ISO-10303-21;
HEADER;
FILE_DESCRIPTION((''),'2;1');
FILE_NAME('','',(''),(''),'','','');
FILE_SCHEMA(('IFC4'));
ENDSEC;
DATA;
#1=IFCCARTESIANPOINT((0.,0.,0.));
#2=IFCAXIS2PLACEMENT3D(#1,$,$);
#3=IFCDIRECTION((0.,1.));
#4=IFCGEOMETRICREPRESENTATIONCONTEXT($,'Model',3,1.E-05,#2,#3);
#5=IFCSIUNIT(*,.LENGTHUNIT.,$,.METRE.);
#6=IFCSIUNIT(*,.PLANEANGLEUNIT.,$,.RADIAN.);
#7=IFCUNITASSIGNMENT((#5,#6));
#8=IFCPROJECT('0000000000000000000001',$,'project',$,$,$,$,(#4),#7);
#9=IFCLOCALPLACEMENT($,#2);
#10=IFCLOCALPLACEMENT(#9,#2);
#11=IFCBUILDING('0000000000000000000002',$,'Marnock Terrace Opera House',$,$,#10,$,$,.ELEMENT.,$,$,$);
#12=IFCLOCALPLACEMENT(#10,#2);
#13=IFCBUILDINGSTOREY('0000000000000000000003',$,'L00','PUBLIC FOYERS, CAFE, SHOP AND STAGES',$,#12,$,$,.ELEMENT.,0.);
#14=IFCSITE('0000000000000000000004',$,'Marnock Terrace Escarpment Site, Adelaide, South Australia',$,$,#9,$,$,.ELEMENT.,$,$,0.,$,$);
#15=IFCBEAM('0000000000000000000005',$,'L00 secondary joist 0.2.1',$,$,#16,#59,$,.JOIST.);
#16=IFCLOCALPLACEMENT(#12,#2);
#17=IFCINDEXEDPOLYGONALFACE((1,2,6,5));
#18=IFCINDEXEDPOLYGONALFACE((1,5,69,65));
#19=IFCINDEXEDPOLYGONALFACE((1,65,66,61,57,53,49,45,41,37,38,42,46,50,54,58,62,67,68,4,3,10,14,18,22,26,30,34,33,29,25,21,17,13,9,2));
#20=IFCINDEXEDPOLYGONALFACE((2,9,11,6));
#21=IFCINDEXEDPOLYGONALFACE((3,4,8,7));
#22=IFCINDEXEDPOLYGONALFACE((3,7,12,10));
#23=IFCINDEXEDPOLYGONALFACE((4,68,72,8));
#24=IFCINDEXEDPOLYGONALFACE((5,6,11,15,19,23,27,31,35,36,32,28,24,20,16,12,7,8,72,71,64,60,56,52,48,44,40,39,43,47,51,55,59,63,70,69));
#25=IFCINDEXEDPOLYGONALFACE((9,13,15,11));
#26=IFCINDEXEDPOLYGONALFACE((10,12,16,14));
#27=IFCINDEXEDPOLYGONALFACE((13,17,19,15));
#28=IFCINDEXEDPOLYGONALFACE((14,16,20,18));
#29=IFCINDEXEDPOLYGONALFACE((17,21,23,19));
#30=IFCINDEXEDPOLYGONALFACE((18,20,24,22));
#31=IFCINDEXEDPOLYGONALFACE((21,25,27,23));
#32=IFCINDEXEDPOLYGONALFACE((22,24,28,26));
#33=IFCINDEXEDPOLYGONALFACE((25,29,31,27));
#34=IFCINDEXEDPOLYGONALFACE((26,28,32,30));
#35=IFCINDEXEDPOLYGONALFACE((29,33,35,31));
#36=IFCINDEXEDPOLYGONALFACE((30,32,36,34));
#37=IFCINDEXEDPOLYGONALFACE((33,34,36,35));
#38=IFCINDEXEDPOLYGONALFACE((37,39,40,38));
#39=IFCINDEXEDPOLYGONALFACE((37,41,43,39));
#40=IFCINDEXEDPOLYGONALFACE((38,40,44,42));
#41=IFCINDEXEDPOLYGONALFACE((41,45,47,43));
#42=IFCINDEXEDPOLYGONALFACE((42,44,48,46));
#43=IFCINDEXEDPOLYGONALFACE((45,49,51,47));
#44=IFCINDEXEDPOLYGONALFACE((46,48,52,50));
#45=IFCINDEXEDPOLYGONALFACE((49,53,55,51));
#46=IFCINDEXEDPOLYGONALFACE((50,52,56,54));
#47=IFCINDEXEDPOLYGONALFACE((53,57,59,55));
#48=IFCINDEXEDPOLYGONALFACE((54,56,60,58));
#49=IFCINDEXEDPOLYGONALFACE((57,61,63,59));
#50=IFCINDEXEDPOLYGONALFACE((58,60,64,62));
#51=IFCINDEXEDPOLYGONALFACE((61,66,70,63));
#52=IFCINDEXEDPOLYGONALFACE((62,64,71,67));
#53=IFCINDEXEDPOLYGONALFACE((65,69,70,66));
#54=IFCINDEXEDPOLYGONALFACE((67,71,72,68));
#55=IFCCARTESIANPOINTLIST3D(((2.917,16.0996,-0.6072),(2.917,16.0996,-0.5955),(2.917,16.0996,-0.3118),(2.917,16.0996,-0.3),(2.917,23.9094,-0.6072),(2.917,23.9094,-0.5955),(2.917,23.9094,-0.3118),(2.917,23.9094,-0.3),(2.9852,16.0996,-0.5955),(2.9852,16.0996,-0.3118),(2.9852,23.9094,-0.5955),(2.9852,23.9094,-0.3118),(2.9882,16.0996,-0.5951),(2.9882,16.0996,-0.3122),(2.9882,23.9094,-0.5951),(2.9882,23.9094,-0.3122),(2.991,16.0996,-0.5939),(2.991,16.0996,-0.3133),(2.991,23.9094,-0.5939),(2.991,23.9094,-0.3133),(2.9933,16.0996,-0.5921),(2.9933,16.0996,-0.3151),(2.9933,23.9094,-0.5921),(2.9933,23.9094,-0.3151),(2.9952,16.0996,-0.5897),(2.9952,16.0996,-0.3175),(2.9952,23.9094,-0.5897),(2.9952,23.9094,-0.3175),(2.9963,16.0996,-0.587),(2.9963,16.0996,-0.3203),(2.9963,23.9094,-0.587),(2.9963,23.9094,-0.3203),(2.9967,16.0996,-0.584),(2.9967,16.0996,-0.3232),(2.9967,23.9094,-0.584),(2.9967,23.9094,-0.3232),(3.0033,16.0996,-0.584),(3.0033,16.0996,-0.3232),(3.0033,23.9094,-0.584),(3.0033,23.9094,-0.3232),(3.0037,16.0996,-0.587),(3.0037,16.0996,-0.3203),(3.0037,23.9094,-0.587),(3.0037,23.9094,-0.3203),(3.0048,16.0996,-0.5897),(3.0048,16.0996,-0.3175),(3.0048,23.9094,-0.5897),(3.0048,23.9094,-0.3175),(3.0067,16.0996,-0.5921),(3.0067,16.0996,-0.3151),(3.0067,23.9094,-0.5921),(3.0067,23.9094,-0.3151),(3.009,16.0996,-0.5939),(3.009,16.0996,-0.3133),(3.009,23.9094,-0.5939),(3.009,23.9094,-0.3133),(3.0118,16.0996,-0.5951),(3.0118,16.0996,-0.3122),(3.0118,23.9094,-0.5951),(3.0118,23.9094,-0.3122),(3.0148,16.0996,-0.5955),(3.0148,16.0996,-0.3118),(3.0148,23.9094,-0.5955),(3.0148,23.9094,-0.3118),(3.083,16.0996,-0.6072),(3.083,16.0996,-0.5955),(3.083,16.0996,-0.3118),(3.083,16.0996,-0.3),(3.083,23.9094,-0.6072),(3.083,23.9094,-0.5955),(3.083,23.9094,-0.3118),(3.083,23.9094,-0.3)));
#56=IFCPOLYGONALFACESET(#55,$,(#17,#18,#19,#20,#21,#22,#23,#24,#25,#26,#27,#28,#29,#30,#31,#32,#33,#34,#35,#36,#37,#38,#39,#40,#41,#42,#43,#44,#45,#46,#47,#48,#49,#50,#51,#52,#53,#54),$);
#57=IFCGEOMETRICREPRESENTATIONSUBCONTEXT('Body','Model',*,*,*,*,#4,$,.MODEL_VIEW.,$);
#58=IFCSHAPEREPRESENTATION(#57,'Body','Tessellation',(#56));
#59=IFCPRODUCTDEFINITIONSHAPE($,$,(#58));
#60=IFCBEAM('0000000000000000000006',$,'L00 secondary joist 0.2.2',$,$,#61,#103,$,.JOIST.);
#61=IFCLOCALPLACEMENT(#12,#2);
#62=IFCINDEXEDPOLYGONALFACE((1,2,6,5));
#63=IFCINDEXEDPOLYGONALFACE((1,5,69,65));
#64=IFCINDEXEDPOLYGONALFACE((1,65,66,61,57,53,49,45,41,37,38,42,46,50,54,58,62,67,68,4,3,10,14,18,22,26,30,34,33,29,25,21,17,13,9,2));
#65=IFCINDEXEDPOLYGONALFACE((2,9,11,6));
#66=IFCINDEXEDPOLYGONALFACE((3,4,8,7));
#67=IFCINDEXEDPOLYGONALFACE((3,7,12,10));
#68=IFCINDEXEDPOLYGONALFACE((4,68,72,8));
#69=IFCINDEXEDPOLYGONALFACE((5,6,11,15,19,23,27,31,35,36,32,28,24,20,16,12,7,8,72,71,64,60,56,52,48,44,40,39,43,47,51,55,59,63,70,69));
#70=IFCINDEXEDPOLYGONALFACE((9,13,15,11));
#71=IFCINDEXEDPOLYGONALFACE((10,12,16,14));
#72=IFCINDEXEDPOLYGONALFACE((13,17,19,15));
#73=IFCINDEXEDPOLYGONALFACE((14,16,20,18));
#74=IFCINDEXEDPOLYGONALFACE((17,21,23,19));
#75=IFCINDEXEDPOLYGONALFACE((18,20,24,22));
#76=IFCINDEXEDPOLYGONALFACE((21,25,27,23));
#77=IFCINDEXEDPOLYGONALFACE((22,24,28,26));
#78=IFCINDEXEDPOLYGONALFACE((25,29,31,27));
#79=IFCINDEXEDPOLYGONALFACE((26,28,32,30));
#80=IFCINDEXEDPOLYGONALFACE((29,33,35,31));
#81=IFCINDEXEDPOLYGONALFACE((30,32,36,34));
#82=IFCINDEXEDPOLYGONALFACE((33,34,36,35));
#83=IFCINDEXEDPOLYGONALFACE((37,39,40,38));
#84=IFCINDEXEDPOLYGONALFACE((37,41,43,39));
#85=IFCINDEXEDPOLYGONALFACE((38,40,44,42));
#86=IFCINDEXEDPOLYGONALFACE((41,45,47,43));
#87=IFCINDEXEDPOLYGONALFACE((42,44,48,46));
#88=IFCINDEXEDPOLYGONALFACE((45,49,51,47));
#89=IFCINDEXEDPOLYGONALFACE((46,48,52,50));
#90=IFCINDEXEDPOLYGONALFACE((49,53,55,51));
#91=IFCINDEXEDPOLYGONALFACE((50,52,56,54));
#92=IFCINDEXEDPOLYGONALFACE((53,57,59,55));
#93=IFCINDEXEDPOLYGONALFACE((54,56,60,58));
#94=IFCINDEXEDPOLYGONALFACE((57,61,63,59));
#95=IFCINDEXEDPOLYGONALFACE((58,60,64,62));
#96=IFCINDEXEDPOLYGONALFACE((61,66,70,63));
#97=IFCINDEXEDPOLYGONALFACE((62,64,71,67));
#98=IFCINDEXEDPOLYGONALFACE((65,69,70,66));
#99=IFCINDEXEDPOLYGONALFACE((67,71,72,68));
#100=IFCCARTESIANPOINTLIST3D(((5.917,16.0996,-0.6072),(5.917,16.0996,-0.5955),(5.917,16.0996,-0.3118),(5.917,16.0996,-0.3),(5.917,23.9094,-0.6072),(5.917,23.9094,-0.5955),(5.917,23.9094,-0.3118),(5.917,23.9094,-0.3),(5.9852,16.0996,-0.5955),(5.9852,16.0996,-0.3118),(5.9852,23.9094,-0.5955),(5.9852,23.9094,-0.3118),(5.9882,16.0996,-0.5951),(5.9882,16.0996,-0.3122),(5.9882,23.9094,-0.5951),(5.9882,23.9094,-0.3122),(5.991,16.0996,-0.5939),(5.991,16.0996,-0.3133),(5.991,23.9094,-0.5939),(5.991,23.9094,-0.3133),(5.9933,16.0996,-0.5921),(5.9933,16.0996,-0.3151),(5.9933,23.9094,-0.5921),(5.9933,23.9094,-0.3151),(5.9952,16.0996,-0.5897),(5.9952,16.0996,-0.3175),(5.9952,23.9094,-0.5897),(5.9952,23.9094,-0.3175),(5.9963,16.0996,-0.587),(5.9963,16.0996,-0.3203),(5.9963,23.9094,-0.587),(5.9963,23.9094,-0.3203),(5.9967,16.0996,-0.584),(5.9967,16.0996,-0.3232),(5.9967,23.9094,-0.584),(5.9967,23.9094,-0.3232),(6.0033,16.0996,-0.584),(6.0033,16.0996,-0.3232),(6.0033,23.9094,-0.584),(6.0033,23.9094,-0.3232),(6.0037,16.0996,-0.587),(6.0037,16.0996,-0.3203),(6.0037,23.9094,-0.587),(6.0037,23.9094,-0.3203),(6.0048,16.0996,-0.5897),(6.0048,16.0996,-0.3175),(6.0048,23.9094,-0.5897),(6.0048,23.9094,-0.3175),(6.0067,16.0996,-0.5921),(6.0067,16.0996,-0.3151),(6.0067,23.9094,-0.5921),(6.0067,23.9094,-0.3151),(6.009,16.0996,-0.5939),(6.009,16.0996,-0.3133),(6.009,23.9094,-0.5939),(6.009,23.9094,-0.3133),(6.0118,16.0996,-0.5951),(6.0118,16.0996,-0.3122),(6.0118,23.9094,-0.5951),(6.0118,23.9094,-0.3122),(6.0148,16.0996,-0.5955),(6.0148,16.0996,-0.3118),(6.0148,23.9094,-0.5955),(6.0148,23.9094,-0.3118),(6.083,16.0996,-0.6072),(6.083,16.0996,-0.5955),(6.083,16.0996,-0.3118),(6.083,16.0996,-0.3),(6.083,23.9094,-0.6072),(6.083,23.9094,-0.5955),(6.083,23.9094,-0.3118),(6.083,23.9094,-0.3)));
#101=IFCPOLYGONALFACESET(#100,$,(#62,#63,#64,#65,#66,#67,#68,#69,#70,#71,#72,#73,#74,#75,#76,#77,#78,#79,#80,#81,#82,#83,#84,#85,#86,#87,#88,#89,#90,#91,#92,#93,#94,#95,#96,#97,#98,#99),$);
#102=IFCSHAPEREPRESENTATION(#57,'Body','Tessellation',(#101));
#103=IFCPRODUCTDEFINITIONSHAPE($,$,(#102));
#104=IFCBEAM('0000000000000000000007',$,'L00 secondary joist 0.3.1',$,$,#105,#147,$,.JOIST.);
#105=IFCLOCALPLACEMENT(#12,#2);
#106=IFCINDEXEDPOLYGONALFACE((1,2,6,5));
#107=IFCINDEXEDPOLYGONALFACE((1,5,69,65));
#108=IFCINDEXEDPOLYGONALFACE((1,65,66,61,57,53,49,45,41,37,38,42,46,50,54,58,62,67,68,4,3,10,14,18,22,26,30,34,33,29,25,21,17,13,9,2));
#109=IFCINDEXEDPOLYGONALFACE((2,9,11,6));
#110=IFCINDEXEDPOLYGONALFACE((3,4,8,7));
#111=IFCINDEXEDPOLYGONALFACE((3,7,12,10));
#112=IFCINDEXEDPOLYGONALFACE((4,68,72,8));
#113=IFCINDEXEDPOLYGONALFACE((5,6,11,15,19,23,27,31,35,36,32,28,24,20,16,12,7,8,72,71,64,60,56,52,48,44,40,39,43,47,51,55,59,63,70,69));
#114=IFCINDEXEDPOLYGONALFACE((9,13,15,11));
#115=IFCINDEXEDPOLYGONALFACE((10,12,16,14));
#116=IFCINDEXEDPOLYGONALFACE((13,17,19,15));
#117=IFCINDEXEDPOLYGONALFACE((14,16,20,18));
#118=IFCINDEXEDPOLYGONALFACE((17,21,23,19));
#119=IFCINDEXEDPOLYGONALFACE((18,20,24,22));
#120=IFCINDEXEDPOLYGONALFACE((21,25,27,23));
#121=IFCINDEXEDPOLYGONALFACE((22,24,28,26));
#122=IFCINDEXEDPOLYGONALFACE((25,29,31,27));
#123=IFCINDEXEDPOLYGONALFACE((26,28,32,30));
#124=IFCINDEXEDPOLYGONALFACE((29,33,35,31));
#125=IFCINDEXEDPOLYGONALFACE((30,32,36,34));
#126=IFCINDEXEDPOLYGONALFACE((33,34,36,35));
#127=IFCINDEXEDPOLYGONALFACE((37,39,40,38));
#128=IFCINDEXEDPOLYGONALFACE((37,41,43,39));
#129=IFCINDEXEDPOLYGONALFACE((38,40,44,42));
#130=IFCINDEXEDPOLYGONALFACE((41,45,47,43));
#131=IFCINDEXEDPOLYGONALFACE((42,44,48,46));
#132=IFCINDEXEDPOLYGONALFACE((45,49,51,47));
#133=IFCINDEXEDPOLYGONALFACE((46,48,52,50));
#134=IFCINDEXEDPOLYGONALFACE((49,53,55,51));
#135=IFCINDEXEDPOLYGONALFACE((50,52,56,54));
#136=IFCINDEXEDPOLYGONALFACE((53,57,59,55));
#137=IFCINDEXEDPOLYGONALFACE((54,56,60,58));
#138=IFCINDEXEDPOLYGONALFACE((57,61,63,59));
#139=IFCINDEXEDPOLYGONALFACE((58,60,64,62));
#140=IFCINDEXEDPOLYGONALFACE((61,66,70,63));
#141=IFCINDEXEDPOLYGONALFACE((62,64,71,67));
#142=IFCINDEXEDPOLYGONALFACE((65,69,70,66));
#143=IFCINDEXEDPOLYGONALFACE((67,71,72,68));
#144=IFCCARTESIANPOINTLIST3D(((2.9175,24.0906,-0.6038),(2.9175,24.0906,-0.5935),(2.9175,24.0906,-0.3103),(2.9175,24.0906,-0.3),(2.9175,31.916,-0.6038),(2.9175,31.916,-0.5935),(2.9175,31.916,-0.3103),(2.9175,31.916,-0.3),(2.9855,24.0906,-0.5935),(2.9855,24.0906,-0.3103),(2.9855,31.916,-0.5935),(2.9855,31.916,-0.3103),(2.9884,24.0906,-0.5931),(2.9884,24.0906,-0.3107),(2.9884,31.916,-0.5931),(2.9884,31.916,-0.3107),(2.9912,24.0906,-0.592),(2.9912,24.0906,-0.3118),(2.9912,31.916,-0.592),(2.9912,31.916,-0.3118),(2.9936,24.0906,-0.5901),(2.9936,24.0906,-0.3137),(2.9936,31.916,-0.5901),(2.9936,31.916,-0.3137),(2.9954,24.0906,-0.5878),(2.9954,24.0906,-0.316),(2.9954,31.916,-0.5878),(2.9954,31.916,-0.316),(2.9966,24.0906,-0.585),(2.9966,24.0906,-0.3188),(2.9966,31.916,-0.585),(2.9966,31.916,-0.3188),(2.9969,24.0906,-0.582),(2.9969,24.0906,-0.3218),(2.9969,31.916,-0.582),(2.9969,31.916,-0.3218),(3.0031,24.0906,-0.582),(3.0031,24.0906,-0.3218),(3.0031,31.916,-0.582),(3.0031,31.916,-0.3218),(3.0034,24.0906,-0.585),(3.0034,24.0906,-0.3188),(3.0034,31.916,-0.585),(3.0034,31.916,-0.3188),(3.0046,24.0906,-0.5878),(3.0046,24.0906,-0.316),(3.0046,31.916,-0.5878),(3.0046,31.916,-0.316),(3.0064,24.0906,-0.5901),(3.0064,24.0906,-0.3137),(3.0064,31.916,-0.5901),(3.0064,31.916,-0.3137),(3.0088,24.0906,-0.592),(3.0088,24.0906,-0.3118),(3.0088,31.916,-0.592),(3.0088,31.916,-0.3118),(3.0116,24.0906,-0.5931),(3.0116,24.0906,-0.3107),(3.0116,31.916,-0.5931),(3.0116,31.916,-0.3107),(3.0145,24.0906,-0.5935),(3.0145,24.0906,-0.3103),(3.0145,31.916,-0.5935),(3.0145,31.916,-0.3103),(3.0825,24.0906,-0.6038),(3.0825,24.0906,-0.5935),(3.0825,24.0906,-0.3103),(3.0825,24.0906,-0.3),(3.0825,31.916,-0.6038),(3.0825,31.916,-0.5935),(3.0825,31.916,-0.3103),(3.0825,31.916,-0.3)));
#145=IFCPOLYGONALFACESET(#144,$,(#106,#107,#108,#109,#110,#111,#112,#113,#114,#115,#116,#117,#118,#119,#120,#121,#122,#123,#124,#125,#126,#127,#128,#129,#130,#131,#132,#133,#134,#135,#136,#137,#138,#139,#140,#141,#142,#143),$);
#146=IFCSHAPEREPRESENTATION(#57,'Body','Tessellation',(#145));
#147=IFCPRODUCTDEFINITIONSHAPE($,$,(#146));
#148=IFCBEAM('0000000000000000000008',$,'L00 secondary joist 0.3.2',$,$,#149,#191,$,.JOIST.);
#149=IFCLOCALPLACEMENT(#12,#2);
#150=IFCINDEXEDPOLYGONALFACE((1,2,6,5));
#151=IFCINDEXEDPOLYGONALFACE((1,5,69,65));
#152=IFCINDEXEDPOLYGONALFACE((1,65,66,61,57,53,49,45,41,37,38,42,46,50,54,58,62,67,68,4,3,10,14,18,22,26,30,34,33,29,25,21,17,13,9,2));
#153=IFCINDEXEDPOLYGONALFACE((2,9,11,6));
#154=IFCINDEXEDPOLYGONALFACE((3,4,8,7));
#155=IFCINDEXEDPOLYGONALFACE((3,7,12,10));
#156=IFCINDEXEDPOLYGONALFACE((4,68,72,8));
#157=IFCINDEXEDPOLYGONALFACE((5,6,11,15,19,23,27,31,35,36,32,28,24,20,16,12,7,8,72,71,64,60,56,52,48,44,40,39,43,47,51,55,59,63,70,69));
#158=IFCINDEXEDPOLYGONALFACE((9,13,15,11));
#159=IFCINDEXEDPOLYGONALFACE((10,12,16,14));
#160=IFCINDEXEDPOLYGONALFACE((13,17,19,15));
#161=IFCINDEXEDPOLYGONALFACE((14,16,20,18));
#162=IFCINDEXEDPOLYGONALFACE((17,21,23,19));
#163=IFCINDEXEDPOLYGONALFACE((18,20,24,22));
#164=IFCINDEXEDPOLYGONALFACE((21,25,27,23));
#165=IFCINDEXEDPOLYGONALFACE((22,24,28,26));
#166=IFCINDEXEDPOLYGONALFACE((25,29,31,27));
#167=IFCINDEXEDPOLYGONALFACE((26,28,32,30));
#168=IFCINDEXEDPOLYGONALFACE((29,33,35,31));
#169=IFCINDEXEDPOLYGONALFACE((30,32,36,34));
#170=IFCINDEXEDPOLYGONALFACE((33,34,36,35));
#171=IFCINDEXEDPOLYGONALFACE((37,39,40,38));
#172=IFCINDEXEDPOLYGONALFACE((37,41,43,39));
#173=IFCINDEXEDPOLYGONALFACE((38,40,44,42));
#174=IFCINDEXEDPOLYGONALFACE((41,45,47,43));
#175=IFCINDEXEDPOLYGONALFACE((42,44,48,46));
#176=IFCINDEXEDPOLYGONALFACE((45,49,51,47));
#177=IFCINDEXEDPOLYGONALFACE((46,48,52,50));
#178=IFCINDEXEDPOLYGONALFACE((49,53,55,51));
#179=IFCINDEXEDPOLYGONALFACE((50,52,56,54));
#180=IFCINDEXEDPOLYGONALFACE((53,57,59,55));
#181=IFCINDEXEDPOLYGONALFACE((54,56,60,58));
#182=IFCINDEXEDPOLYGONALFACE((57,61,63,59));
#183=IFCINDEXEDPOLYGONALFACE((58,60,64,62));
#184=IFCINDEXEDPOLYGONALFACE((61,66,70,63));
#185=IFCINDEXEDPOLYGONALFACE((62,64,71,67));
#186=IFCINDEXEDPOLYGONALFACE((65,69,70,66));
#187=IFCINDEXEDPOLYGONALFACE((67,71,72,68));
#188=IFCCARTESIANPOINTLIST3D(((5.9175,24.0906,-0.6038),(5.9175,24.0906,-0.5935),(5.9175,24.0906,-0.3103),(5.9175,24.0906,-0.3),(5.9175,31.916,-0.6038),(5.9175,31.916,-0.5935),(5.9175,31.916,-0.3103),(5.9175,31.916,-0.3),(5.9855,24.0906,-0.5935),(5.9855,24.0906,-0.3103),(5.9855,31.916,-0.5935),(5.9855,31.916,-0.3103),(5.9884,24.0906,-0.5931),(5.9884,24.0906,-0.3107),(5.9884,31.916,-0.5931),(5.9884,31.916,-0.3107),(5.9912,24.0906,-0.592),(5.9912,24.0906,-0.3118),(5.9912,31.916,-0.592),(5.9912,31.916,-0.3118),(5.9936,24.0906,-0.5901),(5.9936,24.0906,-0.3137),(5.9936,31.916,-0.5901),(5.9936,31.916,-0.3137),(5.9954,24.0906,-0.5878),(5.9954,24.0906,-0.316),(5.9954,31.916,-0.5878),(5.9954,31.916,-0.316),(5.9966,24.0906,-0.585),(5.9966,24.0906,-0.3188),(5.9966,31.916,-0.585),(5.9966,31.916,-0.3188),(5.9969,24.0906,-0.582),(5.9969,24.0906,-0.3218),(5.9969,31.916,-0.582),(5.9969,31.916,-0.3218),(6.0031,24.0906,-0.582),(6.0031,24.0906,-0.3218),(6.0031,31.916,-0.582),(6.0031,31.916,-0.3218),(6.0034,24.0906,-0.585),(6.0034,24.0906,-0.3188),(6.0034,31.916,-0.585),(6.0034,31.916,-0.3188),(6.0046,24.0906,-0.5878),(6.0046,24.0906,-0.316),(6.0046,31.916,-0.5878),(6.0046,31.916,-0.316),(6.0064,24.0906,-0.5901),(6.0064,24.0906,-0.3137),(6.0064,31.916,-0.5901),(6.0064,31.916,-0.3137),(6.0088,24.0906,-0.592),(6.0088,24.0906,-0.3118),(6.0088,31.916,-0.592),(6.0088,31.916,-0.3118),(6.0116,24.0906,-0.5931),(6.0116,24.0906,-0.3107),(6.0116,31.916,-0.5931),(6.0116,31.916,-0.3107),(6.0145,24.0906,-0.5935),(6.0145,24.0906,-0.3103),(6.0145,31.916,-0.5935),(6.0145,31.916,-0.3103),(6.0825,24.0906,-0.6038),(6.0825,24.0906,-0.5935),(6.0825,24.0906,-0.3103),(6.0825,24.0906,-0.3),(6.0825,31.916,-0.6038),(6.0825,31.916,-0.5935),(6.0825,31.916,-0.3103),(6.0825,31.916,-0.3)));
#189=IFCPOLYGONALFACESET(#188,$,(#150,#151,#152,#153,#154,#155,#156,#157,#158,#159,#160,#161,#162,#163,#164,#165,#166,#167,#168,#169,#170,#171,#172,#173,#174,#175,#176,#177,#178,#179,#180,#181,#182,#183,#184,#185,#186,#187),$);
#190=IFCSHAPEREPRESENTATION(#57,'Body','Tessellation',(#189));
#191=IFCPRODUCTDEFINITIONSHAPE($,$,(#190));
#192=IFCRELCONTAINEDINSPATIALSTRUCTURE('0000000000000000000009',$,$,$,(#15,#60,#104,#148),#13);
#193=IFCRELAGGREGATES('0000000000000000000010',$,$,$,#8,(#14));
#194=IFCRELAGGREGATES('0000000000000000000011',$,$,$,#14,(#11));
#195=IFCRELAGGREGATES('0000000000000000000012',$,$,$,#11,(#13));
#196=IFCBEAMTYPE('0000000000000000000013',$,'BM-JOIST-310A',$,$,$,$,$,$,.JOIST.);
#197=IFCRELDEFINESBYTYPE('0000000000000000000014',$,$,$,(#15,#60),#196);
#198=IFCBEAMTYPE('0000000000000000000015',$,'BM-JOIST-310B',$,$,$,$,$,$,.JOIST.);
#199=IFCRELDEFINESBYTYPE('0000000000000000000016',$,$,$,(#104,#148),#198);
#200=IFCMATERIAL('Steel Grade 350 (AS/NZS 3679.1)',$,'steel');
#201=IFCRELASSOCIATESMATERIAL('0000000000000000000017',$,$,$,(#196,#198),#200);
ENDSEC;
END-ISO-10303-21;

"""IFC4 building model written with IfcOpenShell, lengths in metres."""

from ifc_helpers import new_model, si_unit, direction, frame, origin, origin_2d, place, context, subcontext, project, spatial, i_section, extrude, material, material_profile, profile_set, type_object, element, save


model = new_model("IFC4")

# Units and contexts
model_context = context("Model", 3, precision=1e-05, world=origin(), true_north=direction((0.0, 1.0)))
body_context = subcontext(model_context, "Body", "Model", "MODEL_VIEW")
ifc_project = project(units=[si_unit("LENGTHUNIT", "METRE"), si_unit("PLANEANGLEUNIT", "RADIAN")], contexts=[model_context])

# Site, building, storey
site_placement = place(None, origin())
site = spatial("IfcSite", under=ifc_project, at=site_placement, Name="Marnock Terrace Escarpment Site, Adelaide, South Australia", CompositionType="ELEMENT", RefElevation=0.0)
building_placement = place(site_placement, origin())
building = spatial("IfcBuilding", under=site, at=building_placement, Name="Marnock Terrace Opera House", CompositionType="ELEMENT")
storey_placement = place(building_placement, origin())
storey = spatial("IfcBuildingStorey", under=building, at=storey_placement, Name="L00", Description="PUBLIC FOYERS, CAFE, SHOP AND STAGES", CompositionType="ELEMENT", Elevation=0.0)

# Shared definitions
ifc_material_1 = material(Name="Steel Grade 350 (AS/NZS 3679.1)", Category="steel")

# Beams
ifc_material_profile_1 = material_profile(ifc_material_1, i_section(OverallWidth=0.166, OverallDepth=0.3071, WebThickness=0.0066, FlangeThickness=0.0117, FilletRadius=0.0115, at=origin_2d()))
ifc_profile_set_1 = profile_set([ifc_material_profile_1], Name="Steel Grade 350 (AS/NZS 3679.1)")
beam_type_1 = type_object("IfcBeamType", Name="BM-JOIST-310A", PredefinedType="JOIST", material=ifc_profile_set_1)
for number, where, z_axis, x_axis, name in (
    (1, (3.0, 16.0996, -0.4536), (0.0, 1.0, 0.0), (-1.0, 0.0, 0.0), "L00 secondary joist 0.2.1"),
    (2, (6.0, 16.0996, -0.4536), (0.0, 1.0, 0.0), (-1.0, 0.0, 0.0), "L00 secondary joist 0.2.2"),
):
    element("IfcBeam", number, at=place(storey_placement, frame(where, z_axis=z_axis, x_axis=x_axis)), inside=storey, type_object=beam_type_1, Name=name, PredefinedType="JOIST", context=body_context, shape_type="SweptSolid", body=[
        extrude(i_section(OverallWidth=0.166, OverallDepth=0.3071, WebThickness=0.0066, FlangeThickness=0.0117, FilletRadius=0.0115, at=origin_2d()), origin(), (0.0, 0.0, 1.0), 7.8098),
    ])
ifc_material_profile_2 = material_profile(ifc_material_1, i_section(OverallWidth=0.165, OverallDepth=0.3037, WebThickness=0.0061, FlangeThickness=0.0103, FilletRadius=0.0115, at=origin_2d()))
ifc_profile_set_2 = profile_set([ifc_material_profile_2], Name="Steel Grade 350 (AS/NZS 3679.1)")
beam_type_2 = type_object("IfcBeamType", Name="BM-JOIST-310B", PredefinedType="JOIST", material=ifc_profile_set_2)
for number, where, z_axis, x_axis, name in (
    (3, (3.0, 24.0906, -0.4519), (0.0, 1.0, 0.0), (-1.0, 0.0, 0.0), "L00 secondary joist 0.3.1"),
    (4, (6.0, 24.0906, -0.4519), (0.0, 1.0, 0.0), (-1.0, 0.0, 0.0), "L00 secondary joist 0.3.2"),
):
    element("IfcBeam", number, at=place(storey_placement, frame(where, z_axis=z_axis, x_axis=x_axis)), inside=storey, type_object=beam_type_2, Name=name, PredefinedType="JOIST", context=body_context, shape_type="SweptSolid", body=[
        extrude(i_section(OverallWidth=0.165, OverallDepth=0.3037, WebThickness=0.0061, FlangeThickness=0.0103, FilletRadius=0.0115, at=origin_2d()), origin(), (0.0, 0.0, 1.0), 7.8254),
    ])

save(model, "model.ifc")
